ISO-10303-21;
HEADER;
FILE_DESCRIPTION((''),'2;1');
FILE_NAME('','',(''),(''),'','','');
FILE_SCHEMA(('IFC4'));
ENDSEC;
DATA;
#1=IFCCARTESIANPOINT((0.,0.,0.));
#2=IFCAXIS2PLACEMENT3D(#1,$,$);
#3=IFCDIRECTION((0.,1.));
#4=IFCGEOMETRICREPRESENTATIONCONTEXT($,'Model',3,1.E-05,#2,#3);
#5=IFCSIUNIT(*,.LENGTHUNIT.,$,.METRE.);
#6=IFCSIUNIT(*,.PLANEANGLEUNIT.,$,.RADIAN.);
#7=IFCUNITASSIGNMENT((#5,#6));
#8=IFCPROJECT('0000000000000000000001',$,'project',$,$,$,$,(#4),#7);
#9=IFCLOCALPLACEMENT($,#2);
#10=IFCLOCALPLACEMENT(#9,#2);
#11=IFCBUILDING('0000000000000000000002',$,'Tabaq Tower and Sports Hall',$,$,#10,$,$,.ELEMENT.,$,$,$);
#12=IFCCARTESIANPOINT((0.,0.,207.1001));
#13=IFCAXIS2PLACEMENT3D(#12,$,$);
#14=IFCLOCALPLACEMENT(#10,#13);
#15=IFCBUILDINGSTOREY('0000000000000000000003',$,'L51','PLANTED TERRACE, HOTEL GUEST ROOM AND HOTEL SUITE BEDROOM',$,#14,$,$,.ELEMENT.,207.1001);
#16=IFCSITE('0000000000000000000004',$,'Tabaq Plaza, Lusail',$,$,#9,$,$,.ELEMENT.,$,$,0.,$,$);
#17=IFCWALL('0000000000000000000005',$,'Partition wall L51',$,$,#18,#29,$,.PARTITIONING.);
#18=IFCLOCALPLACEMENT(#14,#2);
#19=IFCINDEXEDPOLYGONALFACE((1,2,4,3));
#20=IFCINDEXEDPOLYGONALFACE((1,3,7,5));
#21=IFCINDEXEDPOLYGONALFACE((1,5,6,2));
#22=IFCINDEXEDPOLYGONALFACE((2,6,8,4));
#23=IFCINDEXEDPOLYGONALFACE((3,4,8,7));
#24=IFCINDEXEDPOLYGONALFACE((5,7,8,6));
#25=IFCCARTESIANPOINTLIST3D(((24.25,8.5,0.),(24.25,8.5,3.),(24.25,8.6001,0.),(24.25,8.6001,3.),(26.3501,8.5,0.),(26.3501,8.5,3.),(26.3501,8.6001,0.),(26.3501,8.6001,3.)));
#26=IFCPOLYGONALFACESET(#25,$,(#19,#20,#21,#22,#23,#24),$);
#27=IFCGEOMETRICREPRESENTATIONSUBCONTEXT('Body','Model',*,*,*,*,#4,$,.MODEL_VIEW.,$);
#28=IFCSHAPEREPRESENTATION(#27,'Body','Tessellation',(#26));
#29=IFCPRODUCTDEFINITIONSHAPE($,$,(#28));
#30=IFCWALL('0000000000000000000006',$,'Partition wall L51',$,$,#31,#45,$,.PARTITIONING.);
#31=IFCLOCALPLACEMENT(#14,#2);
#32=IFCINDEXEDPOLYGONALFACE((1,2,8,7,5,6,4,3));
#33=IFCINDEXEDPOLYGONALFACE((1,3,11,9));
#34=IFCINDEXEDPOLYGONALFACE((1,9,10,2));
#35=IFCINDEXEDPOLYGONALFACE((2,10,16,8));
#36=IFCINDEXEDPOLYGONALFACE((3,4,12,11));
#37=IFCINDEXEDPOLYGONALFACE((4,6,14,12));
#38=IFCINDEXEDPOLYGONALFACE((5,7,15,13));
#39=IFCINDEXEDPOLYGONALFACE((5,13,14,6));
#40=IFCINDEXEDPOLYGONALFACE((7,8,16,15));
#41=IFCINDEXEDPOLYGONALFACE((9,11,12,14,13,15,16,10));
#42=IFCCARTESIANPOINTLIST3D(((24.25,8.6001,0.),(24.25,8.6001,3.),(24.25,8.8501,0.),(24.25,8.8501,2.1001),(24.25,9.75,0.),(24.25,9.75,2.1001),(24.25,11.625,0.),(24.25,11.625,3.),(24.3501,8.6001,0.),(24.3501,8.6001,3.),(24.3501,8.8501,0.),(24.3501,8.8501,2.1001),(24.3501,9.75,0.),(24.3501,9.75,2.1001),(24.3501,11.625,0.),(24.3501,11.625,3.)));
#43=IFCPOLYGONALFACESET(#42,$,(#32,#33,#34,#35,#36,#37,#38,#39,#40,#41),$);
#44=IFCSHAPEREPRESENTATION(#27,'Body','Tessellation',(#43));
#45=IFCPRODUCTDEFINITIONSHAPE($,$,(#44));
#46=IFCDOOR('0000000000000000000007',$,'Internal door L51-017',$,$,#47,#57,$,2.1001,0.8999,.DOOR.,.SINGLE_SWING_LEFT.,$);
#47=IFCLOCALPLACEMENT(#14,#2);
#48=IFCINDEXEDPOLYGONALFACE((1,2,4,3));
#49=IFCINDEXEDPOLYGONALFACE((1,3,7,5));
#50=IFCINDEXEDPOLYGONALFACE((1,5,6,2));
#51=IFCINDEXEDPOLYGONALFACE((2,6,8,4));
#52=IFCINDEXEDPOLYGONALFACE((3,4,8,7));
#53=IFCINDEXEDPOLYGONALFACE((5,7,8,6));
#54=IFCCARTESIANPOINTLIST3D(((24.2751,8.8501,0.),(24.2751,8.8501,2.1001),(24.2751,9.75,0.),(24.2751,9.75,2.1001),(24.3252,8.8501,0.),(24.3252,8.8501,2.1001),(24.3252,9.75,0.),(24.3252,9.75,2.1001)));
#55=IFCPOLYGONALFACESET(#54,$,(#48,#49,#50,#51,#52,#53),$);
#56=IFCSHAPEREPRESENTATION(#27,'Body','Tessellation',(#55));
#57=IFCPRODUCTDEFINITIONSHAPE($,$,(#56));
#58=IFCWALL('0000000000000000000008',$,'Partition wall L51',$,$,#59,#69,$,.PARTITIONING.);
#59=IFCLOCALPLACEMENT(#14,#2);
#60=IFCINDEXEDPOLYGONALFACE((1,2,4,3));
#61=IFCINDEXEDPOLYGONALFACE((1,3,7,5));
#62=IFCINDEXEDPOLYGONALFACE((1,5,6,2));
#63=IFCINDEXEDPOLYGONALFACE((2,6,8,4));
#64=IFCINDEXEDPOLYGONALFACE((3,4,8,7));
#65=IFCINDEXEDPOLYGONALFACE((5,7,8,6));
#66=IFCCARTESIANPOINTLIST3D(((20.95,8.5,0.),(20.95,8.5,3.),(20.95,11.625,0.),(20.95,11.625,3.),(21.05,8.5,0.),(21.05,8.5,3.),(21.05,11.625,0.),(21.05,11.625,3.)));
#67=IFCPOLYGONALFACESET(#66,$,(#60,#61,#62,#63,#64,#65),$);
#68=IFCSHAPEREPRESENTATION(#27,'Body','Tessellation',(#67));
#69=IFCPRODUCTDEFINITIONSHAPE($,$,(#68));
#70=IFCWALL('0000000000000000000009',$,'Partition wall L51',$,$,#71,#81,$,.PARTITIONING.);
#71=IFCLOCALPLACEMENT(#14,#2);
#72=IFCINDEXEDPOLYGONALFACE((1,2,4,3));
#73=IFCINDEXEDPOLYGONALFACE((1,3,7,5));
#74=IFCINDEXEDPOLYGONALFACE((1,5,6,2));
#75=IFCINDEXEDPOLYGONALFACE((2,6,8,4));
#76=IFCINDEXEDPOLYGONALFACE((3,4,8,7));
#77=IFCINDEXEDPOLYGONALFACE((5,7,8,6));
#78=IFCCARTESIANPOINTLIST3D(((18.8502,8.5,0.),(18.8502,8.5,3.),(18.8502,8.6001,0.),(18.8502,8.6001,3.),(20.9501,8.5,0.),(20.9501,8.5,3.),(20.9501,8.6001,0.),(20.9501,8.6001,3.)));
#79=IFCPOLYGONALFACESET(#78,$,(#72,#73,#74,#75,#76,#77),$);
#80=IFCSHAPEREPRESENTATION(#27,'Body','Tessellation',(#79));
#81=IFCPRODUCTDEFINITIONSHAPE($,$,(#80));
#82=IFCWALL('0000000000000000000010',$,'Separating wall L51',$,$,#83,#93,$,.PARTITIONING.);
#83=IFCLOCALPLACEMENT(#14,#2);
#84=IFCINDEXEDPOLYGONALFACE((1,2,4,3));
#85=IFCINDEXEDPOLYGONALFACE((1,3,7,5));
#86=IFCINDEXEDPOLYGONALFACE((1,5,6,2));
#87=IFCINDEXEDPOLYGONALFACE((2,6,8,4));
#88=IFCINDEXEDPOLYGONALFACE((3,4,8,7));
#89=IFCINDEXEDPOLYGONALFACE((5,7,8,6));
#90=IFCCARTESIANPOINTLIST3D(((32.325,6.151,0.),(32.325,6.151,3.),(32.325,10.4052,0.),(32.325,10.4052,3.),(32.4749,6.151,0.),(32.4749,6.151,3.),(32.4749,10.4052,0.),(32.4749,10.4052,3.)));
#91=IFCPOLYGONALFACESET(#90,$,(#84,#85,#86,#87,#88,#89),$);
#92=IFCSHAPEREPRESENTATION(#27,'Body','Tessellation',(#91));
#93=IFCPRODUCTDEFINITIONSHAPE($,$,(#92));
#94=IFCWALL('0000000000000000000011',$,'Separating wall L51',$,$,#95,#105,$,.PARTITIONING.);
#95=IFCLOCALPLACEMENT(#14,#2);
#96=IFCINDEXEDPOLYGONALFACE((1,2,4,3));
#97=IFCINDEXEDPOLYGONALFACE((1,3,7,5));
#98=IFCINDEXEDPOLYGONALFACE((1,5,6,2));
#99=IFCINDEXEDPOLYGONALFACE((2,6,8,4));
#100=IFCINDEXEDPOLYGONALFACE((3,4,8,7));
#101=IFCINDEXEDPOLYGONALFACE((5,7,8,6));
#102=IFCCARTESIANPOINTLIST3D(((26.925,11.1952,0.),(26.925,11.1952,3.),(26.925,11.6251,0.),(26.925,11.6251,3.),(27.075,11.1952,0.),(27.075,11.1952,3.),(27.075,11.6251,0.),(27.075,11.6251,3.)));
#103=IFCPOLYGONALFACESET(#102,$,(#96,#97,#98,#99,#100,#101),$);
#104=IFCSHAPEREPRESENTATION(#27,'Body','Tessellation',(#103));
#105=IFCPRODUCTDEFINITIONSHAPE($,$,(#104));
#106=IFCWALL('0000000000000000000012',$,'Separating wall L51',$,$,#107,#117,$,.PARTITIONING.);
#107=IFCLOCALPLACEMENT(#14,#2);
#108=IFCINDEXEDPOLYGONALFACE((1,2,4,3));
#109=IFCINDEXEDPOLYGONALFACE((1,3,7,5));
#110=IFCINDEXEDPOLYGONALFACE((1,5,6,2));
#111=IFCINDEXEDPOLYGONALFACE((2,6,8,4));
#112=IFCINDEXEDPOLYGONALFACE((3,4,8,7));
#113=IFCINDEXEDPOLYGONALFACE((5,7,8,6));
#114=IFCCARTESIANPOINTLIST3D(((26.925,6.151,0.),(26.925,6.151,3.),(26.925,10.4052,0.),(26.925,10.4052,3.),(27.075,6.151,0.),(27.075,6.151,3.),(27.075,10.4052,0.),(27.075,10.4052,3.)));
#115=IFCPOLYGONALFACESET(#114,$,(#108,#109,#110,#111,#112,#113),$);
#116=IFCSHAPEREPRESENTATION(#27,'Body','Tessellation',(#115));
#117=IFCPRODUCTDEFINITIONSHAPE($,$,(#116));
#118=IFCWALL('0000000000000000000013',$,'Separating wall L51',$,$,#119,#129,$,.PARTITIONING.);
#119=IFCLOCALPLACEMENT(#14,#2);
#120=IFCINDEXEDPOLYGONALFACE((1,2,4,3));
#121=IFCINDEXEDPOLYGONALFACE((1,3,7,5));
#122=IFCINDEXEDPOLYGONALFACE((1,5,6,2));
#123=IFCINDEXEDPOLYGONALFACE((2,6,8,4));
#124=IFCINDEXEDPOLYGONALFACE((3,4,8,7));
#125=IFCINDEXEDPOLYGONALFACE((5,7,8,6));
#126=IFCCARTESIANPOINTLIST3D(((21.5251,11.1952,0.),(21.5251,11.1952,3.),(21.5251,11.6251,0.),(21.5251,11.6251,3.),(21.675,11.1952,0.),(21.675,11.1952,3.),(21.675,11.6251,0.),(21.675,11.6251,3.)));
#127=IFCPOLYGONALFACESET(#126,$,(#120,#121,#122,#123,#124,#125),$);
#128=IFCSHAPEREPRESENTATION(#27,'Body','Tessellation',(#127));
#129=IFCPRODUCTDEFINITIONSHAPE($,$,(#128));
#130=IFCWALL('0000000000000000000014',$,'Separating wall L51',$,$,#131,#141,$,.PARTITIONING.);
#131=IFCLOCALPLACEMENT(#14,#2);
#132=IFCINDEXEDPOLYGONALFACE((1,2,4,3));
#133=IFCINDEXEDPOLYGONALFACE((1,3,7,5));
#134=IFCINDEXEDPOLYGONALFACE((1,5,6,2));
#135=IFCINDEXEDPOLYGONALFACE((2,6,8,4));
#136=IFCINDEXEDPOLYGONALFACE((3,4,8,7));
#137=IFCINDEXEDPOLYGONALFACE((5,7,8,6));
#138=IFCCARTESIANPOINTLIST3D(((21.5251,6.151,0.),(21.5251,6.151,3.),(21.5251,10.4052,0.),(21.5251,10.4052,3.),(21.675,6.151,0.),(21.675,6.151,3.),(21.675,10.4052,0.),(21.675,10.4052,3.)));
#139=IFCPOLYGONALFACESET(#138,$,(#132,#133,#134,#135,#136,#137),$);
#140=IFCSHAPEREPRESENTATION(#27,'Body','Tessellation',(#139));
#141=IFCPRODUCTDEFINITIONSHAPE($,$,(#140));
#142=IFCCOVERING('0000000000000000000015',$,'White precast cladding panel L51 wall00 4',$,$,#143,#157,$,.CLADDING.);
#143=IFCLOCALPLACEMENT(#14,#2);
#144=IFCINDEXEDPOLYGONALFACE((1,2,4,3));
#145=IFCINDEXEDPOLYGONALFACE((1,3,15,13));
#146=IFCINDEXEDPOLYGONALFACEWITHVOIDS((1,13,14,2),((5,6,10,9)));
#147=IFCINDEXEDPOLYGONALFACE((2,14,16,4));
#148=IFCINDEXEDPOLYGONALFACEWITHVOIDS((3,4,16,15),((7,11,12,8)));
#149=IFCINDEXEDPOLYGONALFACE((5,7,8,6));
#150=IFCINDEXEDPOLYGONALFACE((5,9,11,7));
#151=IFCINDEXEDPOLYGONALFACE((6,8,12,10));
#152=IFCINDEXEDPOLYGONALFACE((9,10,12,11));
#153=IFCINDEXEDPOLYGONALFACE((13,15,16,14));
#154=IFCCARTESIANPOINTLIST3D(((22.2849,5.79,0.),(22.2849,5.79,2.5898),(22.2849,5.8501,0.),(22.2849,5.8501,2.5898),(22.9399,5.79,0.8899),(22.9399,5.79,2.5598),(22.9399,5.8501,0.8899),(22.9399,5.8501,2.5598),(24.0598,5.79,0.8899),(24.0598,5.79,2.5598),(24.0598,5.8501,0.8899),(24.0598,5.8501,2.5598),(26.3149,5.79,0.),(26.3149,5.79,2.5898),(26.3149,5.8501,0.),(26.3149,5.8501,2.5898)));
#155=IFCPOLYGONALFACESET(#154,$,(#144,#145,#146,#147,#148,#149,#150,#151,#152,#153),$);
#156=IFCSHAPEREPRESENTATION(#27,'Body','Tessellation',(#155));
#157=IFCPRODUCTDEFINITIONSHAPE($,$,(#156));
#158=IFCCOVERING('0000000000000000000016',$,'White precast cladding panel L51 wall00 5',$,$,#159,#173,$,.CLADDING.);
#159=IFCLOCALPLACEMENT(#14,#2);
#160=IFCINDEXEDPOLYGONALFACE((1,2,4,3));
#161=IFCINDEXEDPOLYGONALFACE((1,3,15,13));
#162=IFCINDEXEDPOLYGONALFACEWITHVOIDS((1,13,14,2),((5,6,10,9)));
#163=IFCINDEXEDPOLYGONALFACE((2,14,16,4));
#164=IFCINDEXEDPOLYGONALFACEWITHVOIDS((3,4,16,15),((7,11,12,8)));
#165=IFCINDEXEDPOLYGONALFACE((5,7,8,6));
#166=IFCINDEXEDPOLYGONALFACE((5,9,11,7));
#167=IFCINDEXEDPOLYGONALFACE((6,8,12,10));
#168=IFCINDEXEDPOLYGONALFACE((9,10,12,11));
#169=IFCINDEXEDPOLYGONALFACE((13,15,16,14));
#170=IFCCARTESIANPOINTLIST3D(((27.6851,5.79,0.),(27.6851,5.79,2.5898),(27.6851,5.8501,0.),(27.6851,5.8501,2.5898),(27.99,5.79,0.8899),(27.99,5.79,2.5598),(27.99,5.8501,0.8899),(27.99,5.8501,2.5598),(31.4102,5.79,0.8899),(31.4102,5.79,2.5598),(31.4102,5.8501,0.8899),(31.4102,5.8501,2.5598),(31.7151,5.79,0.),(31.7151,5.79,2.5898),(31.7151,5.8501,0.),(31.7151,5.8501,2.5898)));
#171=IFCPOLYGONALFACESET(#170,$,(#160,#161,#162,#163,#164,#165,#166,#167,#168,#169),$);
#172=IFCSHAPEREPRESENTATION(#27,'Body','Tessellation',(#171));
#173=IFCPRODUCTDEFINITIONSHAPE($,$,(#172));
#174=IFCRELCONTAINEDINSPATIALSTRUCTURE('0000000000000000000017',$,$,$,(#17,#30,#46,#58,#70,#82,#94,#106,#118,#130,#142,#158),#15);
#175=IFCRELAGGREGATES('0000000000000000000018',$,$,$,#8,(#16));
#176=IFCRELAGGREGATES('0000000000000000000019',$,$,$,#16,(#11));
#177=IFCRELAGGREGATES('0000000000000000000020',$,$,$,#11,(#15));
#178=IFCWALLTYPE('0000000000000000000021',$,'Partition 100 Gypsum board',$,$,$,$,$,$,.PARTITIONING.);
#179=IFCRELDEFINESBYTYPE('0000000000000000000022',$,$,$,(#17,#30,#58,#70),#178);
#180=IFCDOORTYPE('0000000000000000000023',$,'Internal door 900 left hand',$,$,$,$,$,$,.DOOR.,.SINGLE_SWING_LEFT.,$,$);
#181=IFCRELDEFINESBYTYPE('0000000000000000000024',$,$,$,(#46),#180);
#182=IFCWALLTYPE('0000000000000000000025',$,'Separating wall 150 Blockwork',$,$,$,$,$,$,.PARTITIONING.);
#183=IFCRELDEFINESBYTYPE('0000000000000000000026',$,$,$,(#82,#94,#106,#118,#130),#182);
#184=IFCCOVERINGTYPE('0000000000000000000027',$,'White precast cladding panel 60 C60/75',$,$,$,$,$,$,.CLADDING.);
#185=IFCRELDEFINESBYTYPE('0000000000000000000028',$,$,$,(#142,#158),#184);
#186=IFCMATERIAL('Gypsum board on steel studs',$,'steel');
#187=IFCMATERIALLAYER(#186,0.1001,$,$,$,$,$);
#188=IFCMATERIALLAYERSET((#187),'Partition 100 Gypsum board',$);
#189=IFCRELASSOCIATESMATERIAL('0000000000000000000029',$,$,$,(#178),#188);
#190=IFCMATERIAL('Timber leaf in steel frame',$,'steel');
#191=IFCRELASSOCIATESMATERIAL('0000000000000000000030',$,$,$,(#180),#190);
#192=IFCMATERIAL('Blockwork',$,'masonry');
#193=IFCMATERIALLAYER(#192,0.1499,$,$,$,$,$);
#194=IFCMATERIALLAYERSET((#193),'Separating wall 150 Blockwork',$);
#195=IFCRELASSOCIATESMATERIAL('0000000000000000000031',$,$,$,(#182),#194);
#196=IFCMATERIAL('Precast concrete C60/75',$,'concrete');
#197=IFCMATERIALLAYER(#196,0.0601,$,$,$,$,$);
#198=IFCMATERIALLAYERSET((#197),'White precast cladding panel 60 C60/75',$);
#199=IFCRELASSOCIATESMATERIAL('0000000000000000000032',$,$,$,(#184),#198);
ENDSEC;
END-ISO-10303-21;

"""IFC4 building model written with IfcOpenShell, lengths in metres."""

from ifc_helpers import new_model, si_unit, direction, frame, frame_2d, origin, place, context, subcontext, project, spatial, polyline, rectangle, outline, extrude, material, layer, layer_set, type_object, element, fill, save


model = new_model("IFC4")

# Units and contexts
model_context = context("Model", 3, precision=1e-05, world=origin(), true_north=direction((0.0, 1.0)))
body_context = subcontext(model_context, "Body", "Model", "MODEL_VIEW")
ifc_project = project(units=[si_unit("LENGTHUNIT", "METRE"), si_unit("PLANEANGLEUNIT", "RADIAN")], contexts=[model_context])

# Site, building, storey
site_placement = place(None, origin())
site = spatial("IfcSite", under=ifc_project, at=site_placement, Name="Tabaq Plaza, Lusail", CompositionType="ELEMENT", RefElevation=0.0)
building_placement = place(site_placement, origin())
building = spatial("IfcBuilding", under=site, at=building_placement, Name="Tabaq Tower and Sports Hall", CompositionType="ELEMENT")
storey_placement = place(building_placement, frame((0.0, 0.0, 207.1001)))
storey = spatial("IfcBuildingStorey", under=building, at=storey_placement, Name="L51", Description="PLANTED TERRACE, HOTEL GUEST ROOM AND HOTEL SUITE BEDROOM", CompositionType="ELEMENT", Elevation=207.1001)

# Shared definitions
ifc_material_1 = material(Name="Gypsum board on steel studs", Category="steel")
ifc_layer_1 = layer(ifc_material_1, 0.1001)
ifc_layer_set_1 = layer_set([ifc_layer_1], Name="Partition 100 Gypsum board")
wall_type_1 = type_object("IfcWallType", Name="Partition 100 Gypsum board", PredefinedType="PARTITIONING", material=ifc_layer_set_1)

# Wall
wall_1_placement = place(storey_placement, frame((26.3501, 8.55, 0.0), z_axis=(0.0, 0.0, 1.0), x_axis=(-1.0, 0.0, 0.0)))
element("IfcWall", 1, at=wall_1_placement, inside=storey, type_object=wall_type_1, Name="Partition wall L51", PredefinedType="PARTITIONING", context=body_context, shape_type="SweptSolid", body=[
    extrude(rectangle(XDim=2.1001, YDim=0.1001, at=frame_2d((1.05, 0.0))), origin(), (0.0, 0.0, 1.0), 3.0),
])

# Wall, opening, door
wall_2_placement = place(storey_placement, frame((24.3, 8.6001, 0.0), z_axis=(0.0, 0.0, 1.0), x_axis=(0.0, 1.0, 0.0)))
wall_2 = element("IfcWall", 2, at=wall_2_placement, inside=storey, type_object=wall_type_1, Name="Partition wall L51", PredefinedType="PARTITIONING", context=body_context, shape_type="SweptSolid", body=[
    extrude(rectangle(XDim=3.0249, YDim=0.1001, at=frame_2d((1.5125, 0.0))), origin(), (0.0, 0.0, 1.0), 3.0),
])
opening_1_placement = place(wall_2_placement, frame((0.25, 0.0, 0.0)))
opening_1 = element("IfcOpeningElement", 3, at=opening_1_placement, cuts=wall_2, PredefinedType="OPENING", context=body_context, shape_type="SweptSolid", body=[
    extrude(rectangle(XDim=0.8999, YDim=2.1001, at=frame_2d((0.45, 1.05))), frame((0.0, 0.05, 0.0), z_axis=(0.0, -1.0, 0.0), x_axis=(1.0, 0.0, 0.0)), (0.0, 0.0, 1.0), 0.1001),
])
ifc_material_2 = material(Name="Timber leaf in steel frame", Category="steel")
door_type_1 = type_object("IfcDoorType", Name="Internal door 900 left hand", OperationType="SINGLE_SWING_LEFT", PredefinedType="DOOR", material=ifc_material_2)
door_1_placement = place(opening_1_placement, origin())
door_1 = element("IfcDoor", 4, at=door_1_placement, inside=storey, type_object=door_type_1, Name="Internal door L51-017", OperationType="SINGLE_SWING_LEFT", OverallHeight=2.1001, OverallWidth=0.8999, PredefinedType="DOOR", context=body_context, shape_type="SweptSolid", body=[
    extrude(rectangle(XDim=0.8999, YDim=2.1001, at=frame_2d((0.45, 1.05))), frame((0.0, 0.0249, 0.0), z_axis=(0.0, -1.0, 0.0), x_axis=(1.0, 0.0, 0.0)), (0.0, 0.0, 1.0), 0.05),
])
fill(opening_1, door_1)

# Walls
wall_3_placement = place(storey_placement, frame((21.0, 11.625, 0.0), z_axis=(0.0, 0.0, 1.0), x_axis=(0.0, -1.0, 0.0)))
element("IfcWall", 5, at=wall_3_placement, inside=storey, type_object=wall_type_1, Name="Partition wall L51", PredefinedType="PARTITIONING", context=body_context, shape_type="SweptSolid", body=[
    extrude(rectangle(XDim=3.125, YDim=0.1001, at=frame_2d((1.5625, 0.0))), origin(), (0.0, 0.0, 1.0), 3.0),
])
wall_4_placement = place(storey_placement, frame((20.95, 8.55, 0.0), z_axis=(0.0, 0.0, 1.0), x_axis=(-1.0, 0.0, 0.0)))
element("IfcWall", 6, at=wall_4_placement, inside=storey, type_object=wall_type_1, Name="Partition wall L51", PredefinedType="PARTITIONING", context=body_context, shape_type="SweptSolid", body=[
    extrude(rectangle(XDim=2.0999, YDim=0.1001, at=frame_2d((1.0498, 0.0))), origin(), (0.0, 0.0, 1.0), 3.0),
])
ifc_material_3 = material(Name="Blockwork", Category="masonry")
ifc_layer_2 = layer(ifc_material_3, 0.1499)
ifc_layer_set_2 = layer_set([ifc_layer_2], Name="Separating wall 150 Blockwork")
wall_type_2 = type_object("IfcWallType", Name="Separating wall 150 Blockwork", PredefinedType="PARTITIONING", material=ifc_layer_set_2)
wall_5_placement = place(storey_placement, frame((32.3999, 10.405, 0.0), z_axis=(0.0, 0.0, 1.0), x_axis=(0.0, -1.0, 0.0)))
element("IfcWall", 7, at=wall_5_placement, inside=storey, type_object=wall_type_2, Name="Separating wall L51", PredefinedType="PARTITIONING", context=body_context, shape_type="SweptSolid", body=[
    extrude(rectangle(XDim=4.2542, YDim=0.1499, at=frame_2d((2.127, 0.0))), origin(), (0.0, 0.0, 1.0), 3.0),
])
wall_6_placement = place(storey_placement, frame((27.0, 11.625, 0.0), z_axis=(0.0, 0.0, 1.0), x_axis=(0.0, -1.0, 0.0)))
element("IfcWall", 8, at=wall_6_placement, inside=storey, type_object=wall_type_2, Name="Separating wall L51", PredefinedType="PARTITIONING", context=body_context, shape_type="SweptSolid", body=[
    extrude(rectangle(XDim=0.4299, YDim=0.1499, at=frame_2d((0.2148, 0.0))), origin(), (0.0, 0.0, 1.0), 3.0),
])
wall_7_placement = place(storey_placement, frame((27.0, 10.405, 0.0), z_axis=(0.0, 0.0, 1.0), x_axis=(0.0, -1.0, 0.0)))
element("IfcWall", 9, at=wall_7_placement, inside=storey, type_object=wall_type_2, Name="Separating wall L51", PredefinedType="PARTITIONING", context=body_context, shape_type="SweptSolid", body=[
    extrude(rectangle(XDim=4.2542, YDim=0.1499, at=frame_2d((2.127, 0.0))), origin(), (0.0, 0.0, 1.0), 3.0),
])
wall_8_placement = place(storey_placement, frame((21.6001, 11.625, 0.0), z_axis=(0.0, 0.0, 1.0), x_axis=(0.0, -1.0, 0.0)))
element("IfcWall", 10, at=wall_8_placement, inside=storey, type_object=wall_type_2, Name="Separating wall L51", PredefinedType="PARTITIONING", context=body_context, shape_type="SweptSolid", body=[
    extrude(rectangle(XDim=0.4299, YDim=0.1499, at=frame_2d((0.2148, 0.0))), origin(), (0.0, 0.0, 1.0), 3.0),
])
wall_9_placement = place(storey_placement, frame((21.6001, 10.405, 0.0), z_axis=(0.0, 0.0, 1.0), x_axis=(0.0, -1.0, 0.0)))
element("IfcWall", 11, at=wall_9_placement, inside=storey, type_object=wall_type_2, Name="Separating wall L51", PredefinedType="PARTITIONING", context=body_context, shape_type="SweptSolid", body=[
    extrude(rectangle(XDim=4.2542, YDim=0.1499, at=frame_2d((2.127, 0.0))), origin(), (0.0, 0.0, 1.0), 3.0),
])

# Coverings
ifc_material_4 = material(Name="Precast concrete C60/75", Category="concrete")
ifc_layer_3 = layer(ifc_material_4, 0.0601)
ifc_layer_set_3 = layer_set([ifc_layer_3], Name="White precast cladding panel 60 C60/75")
covering_type = type_object("IfcCoveringType", Name="White precast cladding panel 60 C60/75", PredefinedType="CLADDING", material=ifc_layer_set_3)
covering_1_placement = place(storey_placement, frame((22.2849, 5.8201, 0.0), z_axis=(0.0, 0.0, 1.0), x_axis=(1.0, 0.0, 0.0)))
element("IfcCovering", 12, at=covering_1_placement, inside=storey, type_object=covering_type, Name="White precast cladding panel L51 wall00 4", PredefinedType="CLADDING", context=body_context, shape_type="SweptSolid", body=[
    extrude(outline(polyline([(0.0, 0.0), (4.03, 0.0), (4.03, 2.5898), (0.0, 2.5898), (0.0, 0.0)]), holes=[polyline([(1.7749, 0.8899), (0.655, 0.8899), (0.655, 2.5598), (1.7749, 2.5598), (1.7749, 0.8899)])]), frame((0.0, 0.03, 0.0), z_axis=(0.0, -1.0, 0.0), x_axis=(1.0, 0.0, 0.0)), (0.0, 0.0, 1.0), 0.0601),
])
covering_2_placement = place(storey_placement, frame((27.6851, 5.8201, 0.0), z_axis=(0.0, 0.0, 1.0), x_axis=(1.0, 0.0, 0.0)))
element("IfcCovering", 13, at=covering_2_placement, inside=storey, type_object=covering_type, Name="White precast cladding panel L51 wall00 5", PredefinedType="CLADDING", context=body_context, shape_type="SweptSolid", body=[
    extrude(outline(polyline([(0.0, 0.0), (4.03, 0.0), (4.03, 2.5898), (0.0, 2.5898), (0.0, 0.0)]), holes=[polyline([(3.7251, 0.8899), (0.3049, 0.8899), (0.3049, 2.5598), (3.7251, 2.5598), (3.7251, 0.8899)])]), frame((0.0, 0.03, 0.0), z_axis=(0.0, -1.0, 0.0), x_axis=(1.0, 0.0, 0.0)), (0.0, 0.0, 1.0), 0.0601),
])

save(model, "model.ifc")
